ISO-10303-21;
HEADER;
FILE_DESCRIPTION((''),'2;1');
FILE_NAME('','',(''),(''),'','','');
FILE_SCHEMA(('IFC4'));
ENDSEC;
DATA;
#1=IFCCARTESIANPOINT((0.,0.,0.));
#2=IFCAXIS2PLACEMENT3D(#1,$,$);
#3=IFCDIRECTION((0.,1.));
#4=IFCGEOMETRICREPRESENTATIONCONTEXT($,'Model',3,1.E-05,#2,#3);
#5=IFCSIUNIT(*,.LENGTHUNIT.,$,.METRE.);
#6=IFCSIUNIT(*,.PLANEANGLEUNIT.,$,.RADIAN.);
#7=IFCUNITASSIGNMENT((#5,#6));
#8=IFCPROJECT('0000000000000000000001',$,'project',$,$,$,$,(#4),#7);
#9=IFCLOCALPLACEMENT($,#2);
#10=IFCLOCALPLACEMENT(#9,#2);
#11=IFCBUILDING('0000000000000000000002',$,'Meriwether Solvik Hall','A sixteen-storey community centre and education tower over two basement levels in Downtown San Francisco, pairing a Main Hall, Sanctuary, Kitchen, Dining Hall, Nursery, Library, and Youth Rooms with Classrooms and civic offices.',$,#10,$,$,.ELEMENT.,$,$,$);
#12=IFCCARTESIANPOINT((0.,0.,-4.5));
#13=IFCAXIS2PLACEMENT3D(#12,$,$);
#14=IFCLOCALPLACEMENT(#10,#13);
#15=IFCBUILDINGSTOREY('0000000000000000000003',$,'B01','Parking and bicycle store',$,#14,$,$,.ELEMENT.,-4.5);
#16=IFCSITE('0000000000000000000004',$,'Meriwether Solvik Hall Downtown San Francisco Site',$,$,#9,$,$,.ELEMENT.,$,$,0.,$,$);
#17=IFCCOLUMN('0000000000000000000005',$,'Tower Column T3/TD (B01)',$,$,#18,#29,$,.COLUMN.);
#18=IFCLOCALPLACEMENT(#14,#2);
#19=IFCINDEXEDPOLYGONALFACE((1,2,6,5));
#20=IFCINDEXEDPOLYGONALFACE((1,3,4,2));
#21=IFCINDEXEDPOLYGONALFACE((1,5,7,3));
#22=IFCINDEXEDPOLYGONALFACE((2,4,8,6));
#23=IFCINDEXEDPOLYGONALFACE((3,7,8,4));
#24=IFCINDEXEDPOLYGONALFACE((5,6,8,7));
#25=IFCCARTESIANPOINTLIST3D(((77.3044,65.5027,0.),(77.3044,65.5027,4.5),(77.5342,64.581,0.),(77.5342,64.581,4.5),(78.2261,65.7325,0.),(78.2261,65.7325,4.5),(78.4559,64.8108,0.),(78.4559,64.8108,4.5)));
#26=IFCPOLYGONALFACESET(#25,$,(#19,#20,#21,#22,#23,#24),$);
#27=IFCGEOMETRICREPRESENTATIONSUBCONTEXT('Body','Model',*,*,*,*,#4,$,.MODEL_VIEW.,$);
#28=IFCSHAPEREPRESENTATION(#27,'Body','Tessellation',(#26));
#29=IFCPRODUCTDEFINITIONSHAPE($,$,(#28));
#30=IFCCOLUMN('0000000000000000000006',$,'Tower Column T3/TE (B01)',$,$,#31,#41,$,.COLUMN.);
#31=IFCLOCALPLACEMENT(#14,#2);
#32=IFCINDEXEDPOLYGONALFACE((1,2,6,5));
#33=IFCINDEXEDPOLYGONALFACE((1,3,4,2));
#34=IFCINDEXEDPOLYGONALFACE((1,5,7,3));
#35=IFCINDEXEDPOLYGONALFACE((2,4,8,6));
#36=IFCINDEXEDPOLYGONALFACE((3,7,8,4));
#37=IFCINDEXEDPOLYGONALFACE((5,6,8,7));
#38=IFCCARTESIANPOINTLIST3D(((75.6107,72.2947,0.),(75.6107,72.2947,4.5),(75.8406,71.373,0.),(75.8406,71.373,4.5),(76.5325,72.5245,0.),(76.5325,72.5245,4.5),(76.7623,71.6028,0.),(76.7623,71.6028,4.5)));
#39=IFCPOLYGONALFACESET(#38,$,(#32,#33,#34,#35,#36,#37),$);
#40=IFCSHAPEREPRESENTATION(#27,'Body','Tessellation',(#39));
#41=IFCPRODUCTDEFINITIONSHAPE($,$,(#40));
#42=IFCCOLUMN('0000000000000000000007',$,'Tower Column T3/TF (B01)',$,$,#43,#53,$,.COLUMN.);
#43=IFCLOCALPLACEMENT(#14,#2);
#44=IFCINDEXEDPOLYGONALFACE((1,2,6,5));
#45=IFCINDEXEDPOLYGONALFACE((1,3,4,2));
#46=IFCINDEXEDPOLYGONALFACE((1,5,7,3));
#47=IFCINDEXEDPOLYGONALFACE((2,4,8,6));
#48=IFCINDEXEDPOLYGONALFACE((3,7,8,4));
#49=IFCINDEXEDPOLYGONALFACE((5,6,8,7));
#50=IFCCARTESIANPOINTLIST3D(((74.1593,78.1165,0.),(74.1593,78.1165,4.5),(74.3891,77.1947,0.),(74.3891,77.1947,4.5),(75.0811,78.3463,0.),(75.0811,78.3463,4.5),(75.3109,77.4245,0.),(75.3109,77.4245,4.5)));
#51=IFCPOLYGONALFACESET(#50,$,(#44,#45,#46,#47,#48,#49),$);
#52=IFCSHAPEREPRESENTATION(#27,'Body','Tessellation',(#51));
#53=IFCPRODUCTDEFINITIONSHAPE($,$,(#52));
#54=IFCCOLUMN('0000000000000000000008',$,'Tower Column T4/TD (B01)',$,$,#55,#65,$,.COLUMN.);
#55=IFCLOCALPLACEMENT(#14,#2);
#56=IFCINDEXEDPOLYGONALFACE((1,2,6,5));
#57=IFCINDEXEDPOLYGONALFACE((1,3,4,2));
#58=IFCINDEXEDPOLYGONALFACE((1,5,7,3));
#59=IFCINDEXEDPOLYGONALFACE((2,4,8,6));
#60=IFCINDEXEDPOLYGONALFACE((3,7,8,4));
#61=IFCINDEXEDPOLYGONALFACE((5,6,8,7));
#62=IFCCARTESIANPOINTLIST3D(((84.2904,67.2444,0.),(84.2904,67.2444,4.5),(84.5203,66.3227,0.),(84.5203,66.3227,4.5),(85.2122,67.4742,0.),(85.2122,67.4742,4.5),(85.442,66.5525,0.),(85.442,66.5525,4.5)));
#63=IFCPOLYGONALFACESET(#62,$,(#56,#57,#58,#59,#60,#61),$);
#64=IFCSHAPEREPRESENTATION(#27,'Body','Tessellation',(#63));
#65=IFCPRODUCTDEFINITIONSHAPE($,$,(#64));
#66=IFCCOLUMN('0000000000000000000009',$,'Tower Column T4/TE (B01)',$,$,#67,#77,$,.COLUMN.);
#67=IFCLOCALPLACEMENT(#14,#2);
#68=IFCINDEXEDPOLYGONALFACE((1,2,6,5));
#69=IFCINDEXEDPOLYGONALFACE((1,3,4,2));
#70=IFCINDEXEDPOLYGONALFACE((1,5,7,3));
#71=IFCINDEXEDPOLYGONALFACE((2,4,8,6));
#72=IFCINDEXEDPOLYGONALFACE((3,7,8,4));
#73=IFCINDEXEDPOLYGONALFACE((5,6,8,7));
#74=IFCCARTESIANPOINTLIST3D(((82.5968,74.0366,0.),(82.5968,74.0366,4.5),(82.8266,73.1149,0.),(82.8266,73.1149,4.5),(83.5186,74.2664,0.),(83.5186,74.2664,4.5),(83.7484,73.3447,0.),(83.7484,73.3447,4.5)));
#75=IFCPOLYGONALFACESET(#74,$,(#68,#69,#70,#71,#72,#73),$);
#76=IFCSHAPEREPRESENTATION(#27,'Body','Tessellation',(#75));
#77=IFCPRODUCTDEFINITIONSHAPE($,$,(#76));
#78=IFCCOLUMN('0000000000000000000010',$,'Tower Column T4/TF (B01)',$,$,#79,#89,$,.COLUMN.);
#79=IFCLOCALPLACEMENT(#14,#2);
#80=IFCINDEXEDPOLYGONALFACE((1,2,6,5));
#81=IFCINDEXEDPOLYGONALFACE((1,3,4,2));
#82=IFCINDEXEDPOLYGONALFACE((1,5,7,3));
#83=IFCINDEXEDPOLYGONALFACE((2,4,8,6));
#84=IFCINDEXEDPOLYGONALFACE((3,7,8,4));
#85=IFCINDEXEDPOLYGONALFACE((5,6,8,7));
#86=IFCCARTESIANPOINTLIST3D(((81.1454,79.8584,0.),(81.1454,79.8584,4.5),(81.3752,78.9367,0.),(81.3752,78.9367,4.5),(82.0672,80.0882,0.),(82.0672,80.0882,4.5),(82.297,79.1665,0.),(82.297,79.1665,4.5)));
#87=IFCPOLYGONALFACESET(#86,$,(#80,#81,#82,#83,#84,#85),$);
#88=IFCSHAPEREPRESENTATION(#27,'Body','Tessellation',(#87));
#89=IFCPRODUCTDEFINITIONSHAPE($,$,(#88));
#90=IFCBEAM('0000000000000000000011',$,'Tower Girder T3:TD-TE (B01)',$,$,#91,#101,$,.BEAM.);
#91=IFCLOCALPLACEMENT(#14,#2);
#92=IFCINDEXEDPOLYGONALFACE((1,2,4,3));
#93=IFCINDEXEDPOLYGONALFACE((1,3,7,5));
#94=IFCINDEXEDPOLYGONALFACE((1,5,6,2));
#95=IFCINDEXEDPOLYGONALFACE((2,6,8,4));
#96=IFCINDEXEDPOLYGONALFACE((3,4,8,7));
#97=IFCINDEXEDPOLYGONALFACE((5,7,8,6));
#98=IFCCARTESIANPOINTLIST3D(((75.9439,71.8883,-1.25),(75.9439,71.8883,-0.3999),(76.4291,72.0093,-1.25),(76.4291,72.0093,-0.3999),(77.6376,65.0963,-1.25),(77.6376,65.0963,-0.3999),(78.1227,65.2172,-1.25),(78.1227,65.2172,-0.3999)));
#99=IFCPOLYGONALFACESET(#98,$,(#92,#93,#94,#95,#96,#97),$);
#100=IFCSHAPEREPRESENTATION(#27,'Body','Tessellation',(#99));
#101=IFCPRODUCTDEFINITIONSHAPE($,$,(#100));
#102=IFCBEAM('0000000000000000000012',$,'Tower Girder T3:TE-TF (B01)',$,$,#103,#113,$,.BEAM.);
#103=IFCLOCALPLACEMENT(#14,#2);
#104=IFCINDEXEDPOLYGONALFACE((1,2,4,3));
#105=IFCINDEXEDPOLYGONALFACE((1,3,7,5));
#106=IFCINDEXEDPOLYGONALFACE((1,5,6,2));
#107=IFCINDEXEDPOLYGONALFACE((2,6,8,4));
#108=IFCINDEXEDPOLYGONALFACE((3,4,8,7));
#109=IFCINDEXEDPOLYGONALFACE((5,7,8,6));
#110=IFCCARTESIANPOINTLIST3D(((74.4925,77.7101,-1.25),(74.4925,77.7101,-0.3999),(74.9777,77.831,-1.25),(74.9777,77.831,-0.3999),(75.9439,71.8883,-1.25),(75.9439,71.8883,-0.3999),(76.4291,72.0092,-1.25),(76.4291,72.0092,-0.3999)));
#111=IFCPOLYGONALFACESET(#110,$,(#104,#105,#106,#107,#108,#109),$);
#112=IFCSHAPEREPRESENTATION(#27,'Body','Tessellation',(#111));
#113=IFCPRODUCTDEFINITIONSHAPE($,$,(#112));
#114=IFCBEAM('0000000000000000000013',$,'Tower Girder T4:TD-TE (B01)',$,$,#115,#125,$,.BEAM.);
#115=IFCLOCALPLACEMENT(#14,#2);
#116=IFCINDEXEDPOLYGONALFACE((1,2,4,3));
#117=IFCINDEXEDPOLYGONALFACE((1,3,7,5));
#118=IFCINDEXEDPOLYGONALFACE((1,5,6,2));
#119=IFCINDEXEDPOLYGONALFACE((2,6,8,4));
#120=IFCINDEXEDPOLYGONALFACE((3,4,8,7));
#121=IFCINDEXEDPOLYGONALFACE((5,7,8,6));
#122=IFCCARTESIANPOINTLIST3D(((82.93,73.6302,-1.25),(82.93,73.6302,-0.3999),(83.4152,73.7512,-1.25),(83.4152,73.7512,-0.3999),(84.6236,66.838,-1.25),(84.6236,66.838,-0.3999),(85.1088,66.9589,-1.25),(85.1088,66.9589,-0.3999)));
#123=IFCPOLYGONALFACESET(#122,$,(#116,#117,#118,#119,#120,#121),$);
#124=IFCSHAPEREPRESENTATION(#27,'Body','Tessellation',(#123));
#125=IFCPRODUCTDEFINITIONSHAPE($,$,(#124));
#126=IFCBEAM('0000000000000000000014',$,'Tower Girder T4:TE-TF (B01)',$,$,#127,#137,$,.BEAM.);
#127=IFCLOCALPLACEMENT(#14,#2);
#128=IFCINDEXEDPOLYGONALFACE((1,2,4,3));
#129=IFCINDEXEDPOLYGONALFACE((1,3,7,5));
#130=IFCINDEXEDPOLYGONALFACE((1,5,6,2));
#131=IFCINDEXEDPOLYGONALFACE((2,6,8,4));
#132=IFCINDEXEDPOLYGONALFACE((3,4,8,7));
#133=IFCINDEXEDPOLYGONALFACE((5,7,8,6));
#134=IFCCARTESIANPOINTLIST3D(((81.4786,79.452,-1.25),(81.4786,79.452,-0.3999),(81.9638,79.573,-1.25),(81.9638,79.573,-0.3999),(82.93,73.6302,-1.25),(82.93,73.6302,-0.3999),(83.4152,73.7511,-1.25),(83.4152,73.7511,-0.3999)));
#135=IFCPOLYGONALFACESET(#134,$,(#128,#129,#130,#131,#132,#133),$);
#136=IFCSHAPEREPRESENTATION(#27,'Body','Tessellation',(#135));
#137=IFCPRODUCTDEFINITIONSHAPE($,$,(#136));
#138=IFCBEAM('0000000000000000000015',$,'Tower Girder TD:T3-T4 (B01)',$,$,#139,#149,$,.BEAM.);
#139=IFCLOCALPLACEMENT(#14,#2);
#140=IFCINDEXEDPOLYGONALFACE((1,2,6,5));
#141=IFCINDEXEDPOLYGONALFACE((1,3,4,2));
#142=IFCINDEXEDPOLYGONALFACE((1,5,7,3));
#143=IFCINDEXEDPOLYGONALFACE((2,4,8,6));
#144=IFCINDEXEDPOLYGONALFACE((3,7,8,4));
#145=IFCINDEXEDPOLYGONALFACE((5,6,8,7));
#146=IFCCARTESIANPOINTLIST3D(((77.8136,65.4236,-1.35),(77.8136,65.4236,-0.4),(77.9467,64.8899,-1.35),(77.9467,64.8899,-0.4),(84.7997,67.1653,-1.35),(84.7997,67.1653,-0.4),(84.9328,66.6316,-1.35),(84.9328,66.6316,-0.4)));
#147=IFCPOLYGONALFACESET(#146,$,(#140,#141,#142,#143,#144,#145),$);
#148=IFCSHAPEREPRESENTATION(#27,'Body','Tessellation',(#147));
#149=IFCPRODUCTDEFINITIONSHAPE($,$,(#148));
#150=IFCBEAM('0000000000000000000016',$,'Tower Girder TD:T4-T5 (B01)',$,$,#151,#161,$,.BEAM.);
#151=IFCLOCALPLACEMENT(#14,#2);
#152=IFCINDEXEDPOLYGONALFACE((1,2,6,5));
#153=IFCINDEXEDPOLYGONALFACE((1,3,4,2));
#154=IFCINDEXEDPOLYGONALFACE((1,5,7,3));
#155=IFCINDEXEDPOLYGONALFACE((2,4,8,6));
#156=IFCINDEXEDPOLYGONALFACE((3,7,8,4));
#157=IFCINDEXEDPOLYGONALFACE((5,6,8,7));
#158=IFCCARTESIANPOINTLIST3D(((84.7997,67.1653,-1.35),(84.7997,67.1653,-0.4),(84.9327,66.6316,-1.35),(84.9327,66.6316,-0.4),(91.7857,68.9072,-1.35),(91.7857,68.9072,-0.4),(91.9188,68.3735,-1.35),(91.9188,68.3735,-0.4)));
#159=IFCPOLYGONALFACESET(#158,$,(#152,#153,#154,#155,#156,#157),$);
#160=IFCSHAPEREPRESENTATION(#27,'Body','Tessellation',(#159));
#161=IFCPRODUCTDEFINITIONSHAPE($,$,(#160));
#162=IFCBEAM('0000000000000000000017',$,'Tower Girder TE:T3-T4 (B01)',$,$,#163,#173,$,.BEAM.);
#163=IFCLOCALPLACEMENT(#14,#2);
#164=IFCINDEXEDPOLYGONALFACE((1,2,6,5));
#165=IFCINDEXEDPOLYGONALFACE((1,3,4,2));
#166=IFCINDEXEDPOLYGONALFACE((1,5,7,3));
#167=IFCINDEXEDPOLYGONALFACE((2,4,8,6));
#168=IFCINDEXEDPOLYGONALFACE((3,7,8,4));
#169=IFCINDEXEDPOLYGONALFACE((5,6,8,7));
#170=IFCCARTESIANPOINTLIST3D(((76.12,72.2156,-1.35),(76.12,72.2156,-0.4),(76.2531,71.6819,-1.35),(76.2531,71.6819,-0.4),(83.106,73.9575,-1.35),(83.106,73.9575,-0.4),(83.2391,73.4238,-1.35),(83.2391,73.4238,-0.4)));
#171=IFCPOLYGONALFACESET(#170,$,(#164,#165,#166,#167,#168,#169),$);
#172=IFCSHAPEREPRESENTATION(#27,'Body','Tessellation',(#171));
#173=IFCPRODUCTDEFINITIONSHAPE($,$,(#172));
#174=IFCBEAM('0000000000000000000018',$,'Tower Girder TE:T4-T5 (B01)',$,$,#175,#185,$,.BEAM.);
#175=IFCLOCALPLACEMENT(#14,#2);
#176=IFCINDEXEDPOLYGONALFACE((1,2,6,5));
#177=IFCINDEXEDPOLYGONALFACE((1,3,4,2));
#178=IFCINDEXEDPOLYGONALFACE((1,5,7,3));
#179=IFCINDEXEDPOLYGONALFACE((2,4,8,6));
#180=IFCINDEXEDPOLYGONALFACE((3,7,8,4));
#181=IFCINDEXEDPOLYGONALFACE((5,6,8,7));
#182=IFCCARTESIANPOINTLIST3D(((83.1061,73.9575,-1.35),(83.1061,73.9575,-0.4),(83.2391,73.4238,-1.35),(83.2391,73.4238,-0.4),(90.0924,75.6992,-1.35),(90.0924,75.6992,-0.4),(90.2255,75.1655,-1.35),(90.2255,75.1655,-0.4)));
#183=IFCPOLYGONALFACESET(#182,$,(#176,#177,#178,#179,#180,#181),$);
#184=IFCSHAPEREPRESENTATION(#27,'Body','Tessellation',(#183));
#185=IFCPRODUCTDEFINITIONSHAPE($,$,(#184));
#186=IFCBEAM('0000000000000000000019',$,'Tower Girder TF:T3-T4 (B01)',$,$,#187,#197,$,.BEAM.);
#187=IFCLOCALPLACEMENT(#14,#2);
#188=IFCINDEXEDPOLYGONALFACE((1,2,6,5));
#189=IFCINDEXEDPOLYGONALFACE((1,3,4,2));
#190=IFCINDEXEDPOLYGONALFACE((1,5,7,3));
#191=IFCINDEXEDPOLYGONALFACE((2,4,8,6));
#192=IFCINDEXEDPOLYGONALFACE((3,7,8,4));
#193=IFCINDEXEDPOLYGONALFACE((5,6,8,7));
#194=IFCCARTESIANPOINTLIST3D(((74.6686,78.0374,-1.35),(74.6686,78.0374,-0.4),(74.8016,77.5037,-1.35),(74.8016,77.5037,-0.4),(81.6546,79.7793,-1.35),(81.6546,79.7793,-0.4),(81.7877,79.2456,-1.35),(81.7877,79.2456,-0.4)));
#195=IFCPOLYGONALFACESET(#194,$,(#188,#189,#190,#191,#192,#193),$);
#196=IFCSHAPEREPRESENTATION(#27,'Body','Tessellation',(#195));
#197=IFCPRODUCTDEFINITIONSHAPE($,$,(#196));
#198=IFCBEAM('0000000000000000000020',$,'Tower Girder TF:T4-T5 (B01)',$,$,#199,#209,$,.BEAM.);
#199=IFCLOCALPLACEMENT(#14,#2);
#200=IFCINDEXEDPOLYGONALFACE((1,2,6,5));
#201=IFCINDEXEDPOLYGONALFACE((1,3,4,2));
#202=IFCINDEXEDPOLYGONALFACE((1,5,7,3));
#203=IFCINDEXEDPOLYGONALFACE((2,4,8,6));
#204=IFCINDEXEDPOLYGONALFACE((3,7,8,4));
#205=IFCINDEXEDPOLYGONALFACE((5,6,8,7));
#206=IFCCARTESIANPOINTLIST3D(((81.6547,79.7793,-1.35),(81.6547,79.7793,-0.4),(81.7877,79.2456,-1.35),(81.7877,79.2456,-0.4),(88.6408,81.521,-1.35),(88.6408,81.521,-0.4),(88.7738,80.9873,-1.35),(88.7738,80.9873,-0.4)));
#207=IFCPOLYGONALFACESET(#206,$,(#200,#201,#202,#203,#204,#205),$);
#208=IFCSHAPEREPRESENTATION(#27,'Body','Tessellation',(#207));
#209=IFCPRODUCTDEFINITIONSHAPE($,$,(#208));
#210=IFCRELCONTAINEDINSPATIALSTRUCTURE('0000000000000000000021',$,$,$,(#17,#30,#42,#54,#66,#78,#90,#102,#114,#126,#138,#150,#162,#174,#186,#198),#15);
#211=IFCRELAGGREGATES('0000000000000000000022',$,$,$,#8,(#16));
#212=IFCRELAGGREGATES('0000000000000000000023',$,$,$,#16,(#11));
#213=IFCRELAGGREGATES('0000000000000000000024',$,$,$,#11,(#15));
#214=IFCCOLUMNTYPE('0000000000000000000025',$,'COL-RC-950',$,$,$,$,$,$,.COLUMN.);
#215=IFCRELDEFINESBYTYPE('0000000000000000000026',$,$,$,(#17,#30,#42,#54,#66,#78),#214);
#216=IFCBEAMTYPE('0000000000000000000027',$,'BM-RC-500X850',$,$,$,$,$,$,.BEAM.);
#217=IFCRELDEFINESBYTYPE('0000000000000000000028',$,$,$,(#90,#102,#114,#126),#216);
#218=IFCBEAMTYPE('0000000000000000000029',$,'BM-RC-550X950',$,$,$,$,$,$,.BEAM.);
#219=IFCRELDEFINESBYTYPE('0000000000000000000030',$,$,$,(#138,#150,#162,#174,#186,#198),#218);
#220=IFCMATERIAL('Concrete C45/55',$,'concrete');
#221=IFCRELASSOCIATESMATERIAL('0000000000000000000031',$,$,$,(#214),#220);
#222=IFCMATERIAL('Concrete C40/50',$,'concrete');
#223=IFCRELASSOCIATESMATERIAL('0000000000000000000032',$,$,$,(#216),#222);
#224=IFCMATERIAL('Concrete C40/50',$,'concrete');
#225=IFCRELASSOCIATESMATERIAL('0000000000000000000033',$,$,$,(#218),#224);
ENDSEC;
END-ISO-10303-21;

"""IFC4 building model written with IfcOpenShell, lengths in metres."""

from ifc_helpers import new_model, si_unit, direction, frame, origin, origin_2d, place, context, subcontext, project, spatial, rectangle, extrude, material, material_profile, profile_set, type_object, element, save


model = new_model("IFC4")

# Units and contexts
model_context = context("Model", 3, precision=1e-05, world=origin(), true_north=direction((0.0, 1.0)))
body_context = subcontext(model_context, "Body", "Model", "MODEL_VIEW")
ifc_project = project(units=[si_unit("LENGTHUNIT", "METRE"), si_unit("PLANEANGLEUNIT", "RADIAN")], contexts=[model_context])

# Site, building, storey
site_placement = place(None, origin())
site = spatial("IfcSite", under=ifc_project, at=site_placement, Name="Meriwether Solvik Hall Downtown San Francisco Site", CompositionType="ELEMENT", RefElevation=0.0)
building_placement = place(site_placement, origin())
building = spatial("IfcBuilding", under=site, at=building_placement, Name="Meriwether Solvik Hall", Description="A sixteen-storey community centre and education tower over two basement levels in Downtown San Francisco, pairing a Main Hall, Sanctuary, Kitchen, Dining Hall, Nursery, Library, and Youth Rooms with Classrooms and civic offices.", CompositionType="ELEMENT")
storey_placement = place(building_placement, frame((0.0, 0.0, -4.5)))
storey = spatial("IfcBuildingStorey", under=building, at=storey_placement, Name="B01", Description="Parking and bicycle store", CompositionType="ELEMENT", Elevation=-4.5)

# Columns
ifc_material_1 = material(Name="Concrete C45/55", Category="concrete")
ifc_material_profile_1 = material_profile(ifc_material_1, rectangle(XDim=0.95, YDim=0.95, at=origin_2d()), Name="RCC-950X950")
ifc_profile_set_1 = profile_set([ifc_material_profile_1], Name="Concrete C45/55")
column_type = type_object("IfcColumnType", Name="COL-RC-950", PredefinedType="COLUMN", material=ifc_profile_set_1)
for number, where, z_axis, x_axis, name in (
    (1, (77.8801, 65.1567, 0.0), (0.0, 0.0, 1.0), (0.970296, 0.241922, 0.0), "Tower Column T3/TD (B01)"),
    (2, (76.1865, 71.9487, 0.0), (0.0, 0.0, 1.0), (0.970296, 0.241922, 0.0), "Tower Column T3/TE (B01)"),
    (3, (74.7351, 77.7705, 0.0), (0.0, 0.0, 1.0), (0.970296, 0.241922, 0.0), "Tower Column T3/TF (B01)"),
    (4, (84.8662, 66.8984, 0.0), (0.0, 0.0, 1.0), (0.970296, 0.241922, 0.0), "Tower Column T4/TD (B01)"),
    (5, (83.1726, 73.6907, 0.0), (0.0, 0.0, 1.0), (0.970296, 0.241922, 0.0), "Tower Column T4/TE (B01)"),
    (6, (81.7212, 79.5125, 0.0), (0.0, 0.0, 1.0), (0.970296, 0.241922, 0.0), "Tower Column T4/TF (B01)"),
):
    element("IfcColumn", number, at=place(storey_placement, frame(where, z_axis=z_axis, x_axis=x_axis)), inside=storey, type_object=column_type, Name=name, PredefinedType="COLUMN", context=body_context, shape_type="SweptSolid", body=[
        extrude(rectangle(XDim=0.95, YDim=0.95, at=origin_2d()), origin(), (0.0, 0.0, 1.0), 4.5),
    ])

# Beams
ifc_material_2 = material(Name="Concrete C40/50", Category="concrete")
ifc_material_profile_2 = material_profile(ifc_material_2, rectangle(XDim=0.5, YDim=0.8501, at=origin_2d()), Name="RCB-500X850")
ifc_profile_set_2 = profile_set([ifc_material_profile_2], Name="Concrete C40/50")
beam_type_1 = type_object("IfcBeamType", Name="BM-RC-500X850", PredefinedType="BEAM", material=ifc_profile_set_2)
beam_1_placement = place(storey_placement, frame((77.8801, 65.1567, -0.825), z_axis=(-0.241945, 0.97029, 0.0), x_axis=(-0.97029, -0.241945, 0.0)))
element("IfcBeam", 7, at=beam_1_placement, inside=storey, type_object=beam_type_1, Name="Tower Girder T3:TD-TE (B01)", PredefinedType="BEAM", context=body_context, shape_type="SweptSolid", body=[
    extrude(rectangle(XDim=0.5, YDim=0.8501, at=origin_2d()), origin(), (0.0, 0.0, 1.0), 7.0),
])
beam_2_placement = place(storey_placement, frame((76.1865, 71.9487, -0.825), z_axis=(-0.241904, 0.9703, 0.0), x_axis=(-0.9703, -0.241904, 0.0)))
element("IfcBeam", 8, at=beam_2_placement, inside=storey, type_object=beam_type_1, Name="Tower Girder T3:TE-TF (B01)", PredefinedType="BEAM", context=body_context, shape_type="SweptSolid", body=[
    extrude(rectangle(XDim=0.5, YDim=0.8501, at=origin_2d()), origin(), (0.0, 0.0, 1.0), 6.0),
])
beam_3_placement = place(storey_placement, frame((84.8662, 66.8984, -0.825), z_axis=(-0.241937, 0.970292, 0.0), x_axis=(-0.970292, -0.241937, 0.0)))
element("IfcBeam", 9, at=beam_3_placement, inside=storey, type_object=beam_type_1, Name="Tower Girder T4:TD-TE (B01)", PredefinedType="BEAM", context=body_context, shape_type="SweptSolid", body=[
    extrude(rectangle(XDim=0.5, YDim=0.8501, at=origin_2d()), origin(), (0.0, 0.0, 1.0), 7.0002),
])
beam_4_placement = place(storey_placement, frame((83.1726, 73.6907, -0.825), z_axis=(-0.241904, 0.9703, 0.0), x_axis=(-0.9703, -0.241904, 0.0)))
element("IfcBeam", 10, at=beam_4_placement, inside=storey, type_object=beam_type_1, Name="Tower Girder T4:TE-TF (B01)", PredefinedType="BEAM", context=body_context, shape_type="SweptSolid", body=[
    extrude(rectangle(XDim=0.5, YDim=0.8501, at=origin_2d()), origin(), (0.0, 0.0, 1.0), 6.0),
])
ifc_material_3 = material(Name="Concrete C40/50", Category="concrete")
ifc_material_profile_3 = material_profile(ifc_material_3, rectangle(XDim=0.55, YDim=0.95, at=origin_2d()), Name="RCB-550X950")
ifc_profile_set_3 = profile_set([ifc_material_profile_3], Name="Concrete C40/50")
beam_type_2 = type_object("IfcBeamType", Name="BM-RC-550X950", PredefinedType="BEAM", material=ifc_profile_set_3)
for number, where, z_axis, x_axis, name in (
    (11, (77.8801, 65.1567, -0.875), (0.9703, 0.241905, 0.0), (-0.241905, 0.9703, 0.0), "Tower Girder TD:T3-T4 (B01)"),
    (12, (84.8662, 66.8984, -0.875), (0.970292, 0.241937, 0.0), (-0.241937, 0.970292, 0.0), "Tower Girder TD:T4-T5 (B01)"),
    (13, (76.1865, 71.9487, -0.875), (0.970292, 0.241937, 0.0), (-0.241937, 0.970292, 0.0), "Tower Girder TE:T3-T4 (B01)"),
):
    element("IfcBeam", number, at=place(storey_placement, frame(where, z_axis=z_axis, x_axis=x_axis)), inside=storey, type_object=beam_type_2, Name=name, PredefinedType="BEAM", context=body_context, shape_type="SweptSolid", body=[
        extrude(rectangle(XDim=0.55, YDim=0.95, at=origin_2d()), origin(), (0.0, 0.0, 1.0), 7.2),
    ])
beam_5_placement = place(storey_placement, frame((83.1726, 73.6907, -0.875), z_axis=(0.970302, 0.241897, 0.0), x_axis=(-0.241897, 0.970302, 0.0)))
element("IfcBeam", 14, at=beam_5_placement, inside=storey, type_object=beam_type_2, Name="Tower Girder TE:T4-T5 (B01)", PredefinedType="BEAM", context=body_context, shape_type="SweptSolid", body=[
    extrude(rectangle(XDim=0.55, YDim=0.95, at=origin_2d()), origin(), (0.0, 0.0, 1.0), 7.2002),
])
for number, where, z_axis, x_axis, name in (
    (15, (74.7351, 77.7705, -0.875), (0.970292, 0.241937, 0.0), (-0.241937, 0.970292, 0.0), "Tower Girder TF:T3-T4 (B01)"),
    (16, (81.7212, 79.5125, -0.875), (0.9703, 0.241905, 0.0), (-0.241905, 0.9703, 0.0), "Tower Girder TF:T4-T5 (B01)"),
):
    element("IfcBeam", number, at=place(storey_placement, frame(where, z_axis=z_axis, x_axis=x_axis)), inside=storey, type_object=beam_type_2, Name=name, PredefinedType="BEAM", context=body_context, shape_type="SweptSolid", body=[
        extrude(rectangle(XDim=0.55, YDim=0.95, at=origin_2d()), origin(), (0.0, 0.0, 1.0), 7.2),
    ])

save(model, "model.ifc")
